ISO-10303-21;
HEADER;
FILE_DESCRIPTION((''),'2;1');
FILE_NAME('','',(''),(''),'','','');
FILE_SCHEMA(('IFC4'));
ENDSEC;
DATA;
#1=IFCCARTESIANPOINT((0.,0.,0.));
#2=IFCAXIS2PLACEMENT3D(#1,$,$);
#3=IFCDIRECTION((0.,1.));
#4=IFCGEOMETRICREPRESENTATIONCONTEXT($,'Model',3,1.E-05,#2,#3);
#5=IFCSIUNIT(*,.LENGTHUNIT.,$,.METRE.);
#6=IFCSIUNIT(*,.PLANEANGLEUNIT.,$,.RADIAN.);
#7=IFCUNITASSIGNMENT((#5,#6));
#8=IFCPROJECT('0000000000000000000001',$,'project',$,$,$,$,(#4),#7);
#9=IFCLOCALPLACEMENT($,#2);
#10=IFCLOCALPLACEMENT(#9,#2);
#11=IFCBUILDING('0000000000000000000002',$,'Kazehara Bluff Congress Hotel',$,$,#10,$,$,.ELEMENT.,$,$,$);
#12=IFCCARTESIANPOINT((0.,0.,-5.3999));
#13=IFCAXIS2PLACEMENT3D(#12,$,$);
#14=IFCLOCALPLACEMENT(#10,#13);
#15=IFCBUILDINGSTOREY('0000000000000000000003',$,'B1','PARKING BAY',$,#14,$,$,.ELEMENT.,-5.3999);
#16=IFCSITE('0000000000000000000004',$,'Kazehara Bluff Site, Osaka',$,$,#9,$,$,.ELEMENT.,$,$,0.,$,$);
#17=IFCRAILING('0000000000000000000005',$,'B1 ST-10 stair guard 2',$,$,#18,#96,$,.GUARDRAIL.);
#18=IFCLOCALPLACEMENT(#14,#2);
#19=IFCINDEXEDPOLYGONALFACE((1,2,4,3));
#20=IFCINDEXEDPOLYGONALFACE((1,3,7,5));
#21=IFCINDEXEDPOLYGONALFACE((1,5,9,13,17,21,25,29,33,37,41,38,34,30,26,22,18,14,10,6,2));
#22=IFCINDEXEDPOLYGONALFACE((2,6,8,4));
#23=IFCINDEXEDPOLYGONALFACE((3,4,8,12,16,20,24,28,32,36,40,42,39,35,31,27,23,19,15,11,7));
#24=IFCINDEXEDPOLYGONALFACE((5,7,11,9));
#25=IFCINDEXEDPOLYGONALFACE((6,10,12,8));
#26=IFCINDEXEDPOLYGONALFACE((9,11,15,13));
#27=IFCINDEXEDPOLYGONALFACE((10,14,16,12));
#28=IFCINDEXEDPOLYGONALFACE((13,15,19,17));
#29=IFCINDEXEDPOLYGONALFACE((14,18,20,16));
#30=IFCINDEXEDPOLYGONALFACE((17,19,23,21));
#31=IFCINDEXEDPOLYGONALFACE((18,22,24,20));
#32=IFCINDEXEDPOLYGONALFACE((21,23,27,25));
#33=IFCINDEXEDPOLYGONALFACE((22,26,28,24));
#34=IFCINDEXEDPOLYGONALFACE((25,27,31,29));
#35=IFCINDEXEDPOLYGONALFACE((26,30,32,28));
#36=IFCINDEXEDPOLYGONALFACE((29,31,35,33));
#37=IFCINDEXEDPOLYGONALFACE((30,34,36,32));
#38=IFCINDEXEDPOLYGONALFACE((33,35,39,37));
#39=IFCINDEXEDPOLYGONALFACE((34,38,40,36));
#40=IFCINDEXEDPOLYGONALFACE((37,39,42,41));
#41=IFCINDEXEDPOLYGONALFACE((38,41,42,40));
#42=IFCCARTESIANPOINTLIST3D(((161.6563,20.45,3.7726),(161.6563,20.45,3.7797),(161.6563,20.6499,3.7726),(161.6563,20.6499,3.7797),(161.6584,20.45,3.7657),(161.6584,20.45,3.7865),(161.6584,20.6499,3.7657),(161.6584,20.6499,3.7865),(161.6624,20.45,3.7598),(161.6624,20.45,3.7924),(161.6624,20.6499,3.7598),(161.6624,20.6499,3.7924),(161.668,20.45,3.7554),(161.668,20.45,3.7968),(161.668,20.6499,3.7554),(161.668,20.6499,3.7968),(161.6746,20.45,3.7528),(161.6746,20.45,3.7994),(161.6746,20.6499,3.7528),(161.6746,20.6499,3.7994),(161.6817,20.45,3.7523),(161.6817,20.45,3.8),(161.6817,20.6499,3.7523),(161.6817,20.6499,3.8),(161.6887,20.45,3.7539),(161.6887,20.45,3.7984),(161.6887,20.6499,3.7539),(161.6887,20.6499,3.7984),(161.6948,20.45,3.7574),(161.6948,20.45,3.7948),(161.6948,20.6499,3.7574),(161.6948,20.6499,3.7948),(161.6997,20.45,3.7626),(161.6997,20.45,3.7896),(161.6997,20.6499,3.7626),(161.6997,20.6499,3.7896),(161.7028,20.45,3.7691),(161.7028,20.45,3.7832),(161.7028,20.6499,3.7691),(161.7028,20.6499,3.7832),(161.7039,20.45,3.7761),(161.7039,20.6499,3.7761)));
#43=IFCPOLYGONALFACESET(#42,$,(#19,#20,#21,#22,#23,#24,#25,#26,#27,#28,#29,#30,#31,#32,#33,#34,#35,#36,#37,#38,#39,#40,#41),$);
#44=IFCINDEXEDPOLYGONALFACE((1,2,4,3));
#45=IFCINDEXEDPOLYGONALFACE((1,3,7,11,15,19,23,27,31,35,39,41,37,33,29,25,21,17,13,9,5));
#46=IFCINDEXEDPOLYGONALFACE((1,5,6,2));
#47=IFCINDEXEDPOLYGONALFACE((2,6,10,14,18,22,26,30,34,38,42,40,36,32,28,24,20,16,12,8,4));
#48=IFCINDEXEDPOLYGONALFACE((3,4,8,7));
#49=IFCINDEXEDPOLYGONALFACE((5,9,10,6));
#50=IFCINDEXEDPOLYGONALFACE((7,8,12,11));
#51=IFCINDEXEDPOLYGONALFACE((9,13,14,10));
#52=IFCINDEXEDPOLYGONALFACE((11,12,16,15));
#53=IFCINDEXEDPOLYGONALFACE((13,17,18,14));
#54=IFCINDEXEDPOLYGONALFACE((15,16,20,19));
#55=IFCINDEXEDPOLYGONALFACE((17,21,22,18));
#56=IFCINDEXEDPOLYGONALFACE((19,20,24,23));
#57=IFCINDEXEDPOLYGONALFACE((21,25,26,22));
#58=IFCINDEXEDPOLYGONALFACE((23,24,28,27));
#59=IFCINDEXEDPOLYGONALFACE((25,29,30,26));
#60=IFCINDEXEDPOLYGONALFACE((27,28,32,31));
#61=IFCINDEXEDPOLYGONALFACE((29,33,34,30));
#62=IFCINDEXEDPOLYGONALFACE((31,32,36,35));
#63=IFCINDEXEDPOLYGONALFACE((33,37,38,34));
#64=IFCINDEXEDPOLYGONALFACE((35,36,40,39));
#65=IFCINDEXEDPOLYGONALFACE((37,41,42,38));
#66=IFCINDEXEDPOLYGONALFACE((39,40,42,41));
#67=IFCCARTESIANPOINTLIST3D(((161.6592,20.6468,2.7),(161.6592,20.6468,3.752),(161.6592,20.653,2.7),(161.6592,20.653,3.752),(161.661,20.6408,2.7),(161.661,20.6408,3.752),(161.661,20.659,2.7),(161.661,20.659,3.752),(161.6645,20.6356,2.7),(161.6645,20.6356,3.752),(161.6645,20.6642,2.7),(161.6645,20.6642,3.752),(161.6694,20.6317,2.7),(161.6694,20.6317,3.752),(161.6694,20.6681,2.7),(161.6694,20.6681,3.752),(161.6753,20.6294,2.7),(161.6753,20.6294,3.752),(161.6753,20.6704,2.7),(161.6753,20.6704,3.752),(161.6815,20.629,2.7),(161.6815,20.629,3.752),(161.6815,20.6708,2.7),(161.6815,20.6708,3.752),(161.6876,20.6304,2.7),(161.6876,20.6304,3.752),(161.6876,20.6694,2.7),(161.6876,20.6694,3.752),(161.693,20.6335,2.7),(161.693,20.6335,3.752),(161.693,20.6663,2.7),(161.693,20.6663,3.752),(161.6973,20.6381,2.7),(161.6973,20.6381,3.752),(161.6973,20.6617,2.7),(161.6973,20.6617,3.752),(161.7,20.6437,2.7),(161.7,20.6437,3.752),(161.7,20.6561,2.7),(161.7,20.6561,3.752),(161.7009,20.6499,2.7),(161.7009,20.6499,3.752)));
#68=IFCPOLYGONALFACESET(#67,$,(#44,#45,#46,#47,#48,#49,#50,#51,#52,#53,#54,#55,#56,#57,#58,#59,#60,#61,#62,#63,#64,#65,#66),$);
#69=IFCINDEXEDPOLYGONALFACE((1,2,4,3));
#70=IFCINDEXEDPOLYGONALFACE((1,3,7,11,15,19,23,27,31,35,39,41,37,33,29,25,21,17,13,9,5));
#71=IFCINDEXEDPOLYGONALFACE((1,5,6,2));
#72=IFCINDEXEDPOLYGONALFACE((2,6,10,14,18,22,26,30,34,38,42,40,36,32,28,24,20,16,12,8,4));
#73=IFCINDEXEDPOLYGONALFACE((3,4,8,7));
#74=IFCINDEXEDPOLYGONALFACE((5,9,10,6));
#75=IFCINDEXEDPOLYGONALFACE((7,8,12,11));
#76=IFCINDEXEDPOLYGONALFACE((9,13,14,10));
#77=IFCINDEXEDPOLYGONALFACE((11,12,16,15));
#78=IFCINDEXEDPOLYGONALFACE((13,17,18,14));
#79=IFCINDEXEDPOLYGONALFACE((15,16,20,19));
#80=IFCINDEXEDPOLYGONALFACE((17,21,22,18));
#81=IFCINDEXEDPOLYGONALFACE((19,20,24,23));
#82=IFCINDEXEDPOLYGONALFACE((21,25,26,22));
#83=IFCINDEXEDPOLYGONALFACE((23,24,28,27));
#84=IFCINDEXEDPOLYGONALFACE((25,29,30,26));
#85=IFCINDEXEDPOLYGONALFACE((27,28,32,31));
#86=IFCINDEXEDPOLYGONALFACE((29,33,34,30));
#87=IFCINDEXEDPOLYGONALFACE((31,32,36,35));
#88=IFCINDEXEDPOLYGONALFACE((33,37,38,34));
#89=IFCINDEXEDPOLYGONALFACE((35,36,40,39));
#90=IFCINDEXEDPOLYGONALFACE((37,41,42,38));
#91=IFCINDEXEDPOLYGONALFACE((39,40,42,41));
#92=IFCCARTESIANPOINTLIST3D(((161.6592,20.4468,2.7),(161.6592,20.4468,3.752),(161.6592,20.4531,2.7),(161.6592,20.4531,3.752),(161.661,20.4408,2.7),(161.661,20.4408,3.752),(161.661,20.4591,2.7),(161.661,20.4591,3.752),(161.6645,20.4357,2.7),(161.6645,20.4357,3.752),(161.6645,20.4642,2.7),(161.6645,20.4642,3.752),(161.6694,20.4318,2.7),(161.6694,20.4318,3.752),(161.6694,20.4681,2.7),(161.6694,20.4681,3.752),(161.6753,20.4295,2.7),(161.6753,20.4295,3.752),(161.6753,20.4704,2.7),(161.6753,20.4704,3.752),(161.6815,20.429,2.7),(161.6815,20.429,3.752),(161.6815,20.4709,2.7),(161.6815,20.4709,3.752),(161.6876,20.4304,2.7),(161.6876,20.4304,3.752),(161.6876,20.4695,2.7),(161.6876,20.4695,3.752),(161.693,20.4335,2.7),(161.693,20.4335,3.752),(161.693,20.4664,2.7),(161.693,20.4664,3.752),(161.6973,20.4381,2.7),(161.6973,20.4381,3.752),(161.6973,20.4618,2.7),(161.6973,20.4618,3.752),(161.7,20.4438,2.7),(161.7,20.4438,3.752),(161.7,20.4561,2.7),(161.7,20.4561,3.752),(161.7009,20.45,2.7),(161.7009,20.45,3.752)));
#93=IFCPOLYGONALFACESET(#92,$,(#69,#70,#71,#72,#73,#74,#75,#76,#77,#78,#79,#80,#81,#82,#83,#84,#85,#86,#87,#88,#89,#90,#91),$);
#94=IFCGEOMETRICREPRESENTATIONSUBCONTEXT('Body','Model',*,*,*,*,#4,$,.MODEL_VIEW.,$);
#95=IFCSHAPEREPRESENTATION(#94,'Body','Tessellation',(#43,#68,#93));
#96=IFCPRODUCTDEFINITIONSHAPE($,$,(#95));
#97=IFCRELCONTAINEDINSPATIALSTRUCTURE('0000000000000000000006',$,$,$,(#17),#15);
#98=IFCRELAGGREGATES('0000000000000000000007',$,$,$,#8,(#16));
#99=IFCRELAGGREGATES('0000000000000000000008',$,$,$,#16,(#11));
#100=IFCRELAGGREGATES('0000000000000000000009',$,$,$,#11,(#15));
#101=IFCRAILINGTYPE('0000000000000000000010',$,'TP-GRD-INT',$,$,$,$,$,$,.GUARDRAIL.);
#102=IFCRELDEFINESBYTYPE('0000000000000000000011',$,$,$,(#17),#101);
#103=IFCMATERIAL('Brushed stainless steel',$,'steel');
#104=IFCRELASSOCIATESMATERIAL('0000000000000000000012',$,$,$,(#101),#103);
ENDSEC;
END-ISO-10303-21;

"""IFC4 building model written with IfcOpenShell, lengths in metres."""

from ifc_helpers import new_model, si_unit, direction, frame, origin, origin_2d, place, context, subcontext, project, spatial, circle, extrude, material, type_object, element, save


model = new_model("IFC4")

# Units and contexts
model_context = context("Model", 3, precision=1e-05, world=origin(), true_north=direction((0.0, 1.0)))
body_context = subcontext(model_context, "Body", "Model", "MODEL_VIEW")
ifc_project = project(units=[si_unit("LENGTHUNIT", "METRE"), si_unit("PLANEANGLEUNIT", "RADIAN")], contexts=[model_context])

# Site, building, storey
site_placement = place(None, origin())
site = spatial("IfcSite", under=ifc_project, at=site_placement, Name="Kazehara Bluff Site, Osaka", CompositionType="ELEMENT", RefElevation=0.0)
building_placement = place(site_placement, origin())
building = spatial("IfcBuilding", under=site, at=building_placement, Name="Kazehara Bluff Congress Hotel", CompositionType="ELEMENT")
storey_placement = place(building_placement, frame((0.0, 0.0, -5.3999)))
storey = spatial("IfcBuildingStorey", under=building, at=storey_placement, Name="B1", Description="PARKING BAY", CompositionType="ELEMENT", Elevation=-5.3999)

# Railing
ifc_material_1 = material(Name="Brushed stainless steel", Category="steel")
railing_type_1 = type_object("IfcRailingType", Name="TP-GRD-INT", PredefinedType="GUARDRAIL", material=ifc_material_1)
railing_1_placement = place(storey_placement, frame((161.6799, 20.6499, 2.7)))
element("IfcRailing", 1, at=railing_1_placement, inside=storey, type_object=railing_type_1, Name="B1 ST-10 stair guard 2", PredefinedType="GUARDRAIL", context=body_context, shape_type="SweptSolid", body=[
    extrude(circle(Radius=0.0239, at=origin_2d()), frame((0.0, 0.0, 1.0762), z_axis=(0.0, -1.0, 0.0), x_axis=(1.0, 0.0, 0.0)), (0.0, 0.0, 1.0), 0.2),
    extrude(circle(Radius=0.021, at=origin_2d()), origin(), (0.0, 0.0, 1.0), 1.052),
    extrude(circle(Radius=0.021, at=origin_2d()), frame((0.0, -0.2, 0.0)), (0.0, 0.0, 1.0), 1.052),
])

save(model, "model.ifc")
